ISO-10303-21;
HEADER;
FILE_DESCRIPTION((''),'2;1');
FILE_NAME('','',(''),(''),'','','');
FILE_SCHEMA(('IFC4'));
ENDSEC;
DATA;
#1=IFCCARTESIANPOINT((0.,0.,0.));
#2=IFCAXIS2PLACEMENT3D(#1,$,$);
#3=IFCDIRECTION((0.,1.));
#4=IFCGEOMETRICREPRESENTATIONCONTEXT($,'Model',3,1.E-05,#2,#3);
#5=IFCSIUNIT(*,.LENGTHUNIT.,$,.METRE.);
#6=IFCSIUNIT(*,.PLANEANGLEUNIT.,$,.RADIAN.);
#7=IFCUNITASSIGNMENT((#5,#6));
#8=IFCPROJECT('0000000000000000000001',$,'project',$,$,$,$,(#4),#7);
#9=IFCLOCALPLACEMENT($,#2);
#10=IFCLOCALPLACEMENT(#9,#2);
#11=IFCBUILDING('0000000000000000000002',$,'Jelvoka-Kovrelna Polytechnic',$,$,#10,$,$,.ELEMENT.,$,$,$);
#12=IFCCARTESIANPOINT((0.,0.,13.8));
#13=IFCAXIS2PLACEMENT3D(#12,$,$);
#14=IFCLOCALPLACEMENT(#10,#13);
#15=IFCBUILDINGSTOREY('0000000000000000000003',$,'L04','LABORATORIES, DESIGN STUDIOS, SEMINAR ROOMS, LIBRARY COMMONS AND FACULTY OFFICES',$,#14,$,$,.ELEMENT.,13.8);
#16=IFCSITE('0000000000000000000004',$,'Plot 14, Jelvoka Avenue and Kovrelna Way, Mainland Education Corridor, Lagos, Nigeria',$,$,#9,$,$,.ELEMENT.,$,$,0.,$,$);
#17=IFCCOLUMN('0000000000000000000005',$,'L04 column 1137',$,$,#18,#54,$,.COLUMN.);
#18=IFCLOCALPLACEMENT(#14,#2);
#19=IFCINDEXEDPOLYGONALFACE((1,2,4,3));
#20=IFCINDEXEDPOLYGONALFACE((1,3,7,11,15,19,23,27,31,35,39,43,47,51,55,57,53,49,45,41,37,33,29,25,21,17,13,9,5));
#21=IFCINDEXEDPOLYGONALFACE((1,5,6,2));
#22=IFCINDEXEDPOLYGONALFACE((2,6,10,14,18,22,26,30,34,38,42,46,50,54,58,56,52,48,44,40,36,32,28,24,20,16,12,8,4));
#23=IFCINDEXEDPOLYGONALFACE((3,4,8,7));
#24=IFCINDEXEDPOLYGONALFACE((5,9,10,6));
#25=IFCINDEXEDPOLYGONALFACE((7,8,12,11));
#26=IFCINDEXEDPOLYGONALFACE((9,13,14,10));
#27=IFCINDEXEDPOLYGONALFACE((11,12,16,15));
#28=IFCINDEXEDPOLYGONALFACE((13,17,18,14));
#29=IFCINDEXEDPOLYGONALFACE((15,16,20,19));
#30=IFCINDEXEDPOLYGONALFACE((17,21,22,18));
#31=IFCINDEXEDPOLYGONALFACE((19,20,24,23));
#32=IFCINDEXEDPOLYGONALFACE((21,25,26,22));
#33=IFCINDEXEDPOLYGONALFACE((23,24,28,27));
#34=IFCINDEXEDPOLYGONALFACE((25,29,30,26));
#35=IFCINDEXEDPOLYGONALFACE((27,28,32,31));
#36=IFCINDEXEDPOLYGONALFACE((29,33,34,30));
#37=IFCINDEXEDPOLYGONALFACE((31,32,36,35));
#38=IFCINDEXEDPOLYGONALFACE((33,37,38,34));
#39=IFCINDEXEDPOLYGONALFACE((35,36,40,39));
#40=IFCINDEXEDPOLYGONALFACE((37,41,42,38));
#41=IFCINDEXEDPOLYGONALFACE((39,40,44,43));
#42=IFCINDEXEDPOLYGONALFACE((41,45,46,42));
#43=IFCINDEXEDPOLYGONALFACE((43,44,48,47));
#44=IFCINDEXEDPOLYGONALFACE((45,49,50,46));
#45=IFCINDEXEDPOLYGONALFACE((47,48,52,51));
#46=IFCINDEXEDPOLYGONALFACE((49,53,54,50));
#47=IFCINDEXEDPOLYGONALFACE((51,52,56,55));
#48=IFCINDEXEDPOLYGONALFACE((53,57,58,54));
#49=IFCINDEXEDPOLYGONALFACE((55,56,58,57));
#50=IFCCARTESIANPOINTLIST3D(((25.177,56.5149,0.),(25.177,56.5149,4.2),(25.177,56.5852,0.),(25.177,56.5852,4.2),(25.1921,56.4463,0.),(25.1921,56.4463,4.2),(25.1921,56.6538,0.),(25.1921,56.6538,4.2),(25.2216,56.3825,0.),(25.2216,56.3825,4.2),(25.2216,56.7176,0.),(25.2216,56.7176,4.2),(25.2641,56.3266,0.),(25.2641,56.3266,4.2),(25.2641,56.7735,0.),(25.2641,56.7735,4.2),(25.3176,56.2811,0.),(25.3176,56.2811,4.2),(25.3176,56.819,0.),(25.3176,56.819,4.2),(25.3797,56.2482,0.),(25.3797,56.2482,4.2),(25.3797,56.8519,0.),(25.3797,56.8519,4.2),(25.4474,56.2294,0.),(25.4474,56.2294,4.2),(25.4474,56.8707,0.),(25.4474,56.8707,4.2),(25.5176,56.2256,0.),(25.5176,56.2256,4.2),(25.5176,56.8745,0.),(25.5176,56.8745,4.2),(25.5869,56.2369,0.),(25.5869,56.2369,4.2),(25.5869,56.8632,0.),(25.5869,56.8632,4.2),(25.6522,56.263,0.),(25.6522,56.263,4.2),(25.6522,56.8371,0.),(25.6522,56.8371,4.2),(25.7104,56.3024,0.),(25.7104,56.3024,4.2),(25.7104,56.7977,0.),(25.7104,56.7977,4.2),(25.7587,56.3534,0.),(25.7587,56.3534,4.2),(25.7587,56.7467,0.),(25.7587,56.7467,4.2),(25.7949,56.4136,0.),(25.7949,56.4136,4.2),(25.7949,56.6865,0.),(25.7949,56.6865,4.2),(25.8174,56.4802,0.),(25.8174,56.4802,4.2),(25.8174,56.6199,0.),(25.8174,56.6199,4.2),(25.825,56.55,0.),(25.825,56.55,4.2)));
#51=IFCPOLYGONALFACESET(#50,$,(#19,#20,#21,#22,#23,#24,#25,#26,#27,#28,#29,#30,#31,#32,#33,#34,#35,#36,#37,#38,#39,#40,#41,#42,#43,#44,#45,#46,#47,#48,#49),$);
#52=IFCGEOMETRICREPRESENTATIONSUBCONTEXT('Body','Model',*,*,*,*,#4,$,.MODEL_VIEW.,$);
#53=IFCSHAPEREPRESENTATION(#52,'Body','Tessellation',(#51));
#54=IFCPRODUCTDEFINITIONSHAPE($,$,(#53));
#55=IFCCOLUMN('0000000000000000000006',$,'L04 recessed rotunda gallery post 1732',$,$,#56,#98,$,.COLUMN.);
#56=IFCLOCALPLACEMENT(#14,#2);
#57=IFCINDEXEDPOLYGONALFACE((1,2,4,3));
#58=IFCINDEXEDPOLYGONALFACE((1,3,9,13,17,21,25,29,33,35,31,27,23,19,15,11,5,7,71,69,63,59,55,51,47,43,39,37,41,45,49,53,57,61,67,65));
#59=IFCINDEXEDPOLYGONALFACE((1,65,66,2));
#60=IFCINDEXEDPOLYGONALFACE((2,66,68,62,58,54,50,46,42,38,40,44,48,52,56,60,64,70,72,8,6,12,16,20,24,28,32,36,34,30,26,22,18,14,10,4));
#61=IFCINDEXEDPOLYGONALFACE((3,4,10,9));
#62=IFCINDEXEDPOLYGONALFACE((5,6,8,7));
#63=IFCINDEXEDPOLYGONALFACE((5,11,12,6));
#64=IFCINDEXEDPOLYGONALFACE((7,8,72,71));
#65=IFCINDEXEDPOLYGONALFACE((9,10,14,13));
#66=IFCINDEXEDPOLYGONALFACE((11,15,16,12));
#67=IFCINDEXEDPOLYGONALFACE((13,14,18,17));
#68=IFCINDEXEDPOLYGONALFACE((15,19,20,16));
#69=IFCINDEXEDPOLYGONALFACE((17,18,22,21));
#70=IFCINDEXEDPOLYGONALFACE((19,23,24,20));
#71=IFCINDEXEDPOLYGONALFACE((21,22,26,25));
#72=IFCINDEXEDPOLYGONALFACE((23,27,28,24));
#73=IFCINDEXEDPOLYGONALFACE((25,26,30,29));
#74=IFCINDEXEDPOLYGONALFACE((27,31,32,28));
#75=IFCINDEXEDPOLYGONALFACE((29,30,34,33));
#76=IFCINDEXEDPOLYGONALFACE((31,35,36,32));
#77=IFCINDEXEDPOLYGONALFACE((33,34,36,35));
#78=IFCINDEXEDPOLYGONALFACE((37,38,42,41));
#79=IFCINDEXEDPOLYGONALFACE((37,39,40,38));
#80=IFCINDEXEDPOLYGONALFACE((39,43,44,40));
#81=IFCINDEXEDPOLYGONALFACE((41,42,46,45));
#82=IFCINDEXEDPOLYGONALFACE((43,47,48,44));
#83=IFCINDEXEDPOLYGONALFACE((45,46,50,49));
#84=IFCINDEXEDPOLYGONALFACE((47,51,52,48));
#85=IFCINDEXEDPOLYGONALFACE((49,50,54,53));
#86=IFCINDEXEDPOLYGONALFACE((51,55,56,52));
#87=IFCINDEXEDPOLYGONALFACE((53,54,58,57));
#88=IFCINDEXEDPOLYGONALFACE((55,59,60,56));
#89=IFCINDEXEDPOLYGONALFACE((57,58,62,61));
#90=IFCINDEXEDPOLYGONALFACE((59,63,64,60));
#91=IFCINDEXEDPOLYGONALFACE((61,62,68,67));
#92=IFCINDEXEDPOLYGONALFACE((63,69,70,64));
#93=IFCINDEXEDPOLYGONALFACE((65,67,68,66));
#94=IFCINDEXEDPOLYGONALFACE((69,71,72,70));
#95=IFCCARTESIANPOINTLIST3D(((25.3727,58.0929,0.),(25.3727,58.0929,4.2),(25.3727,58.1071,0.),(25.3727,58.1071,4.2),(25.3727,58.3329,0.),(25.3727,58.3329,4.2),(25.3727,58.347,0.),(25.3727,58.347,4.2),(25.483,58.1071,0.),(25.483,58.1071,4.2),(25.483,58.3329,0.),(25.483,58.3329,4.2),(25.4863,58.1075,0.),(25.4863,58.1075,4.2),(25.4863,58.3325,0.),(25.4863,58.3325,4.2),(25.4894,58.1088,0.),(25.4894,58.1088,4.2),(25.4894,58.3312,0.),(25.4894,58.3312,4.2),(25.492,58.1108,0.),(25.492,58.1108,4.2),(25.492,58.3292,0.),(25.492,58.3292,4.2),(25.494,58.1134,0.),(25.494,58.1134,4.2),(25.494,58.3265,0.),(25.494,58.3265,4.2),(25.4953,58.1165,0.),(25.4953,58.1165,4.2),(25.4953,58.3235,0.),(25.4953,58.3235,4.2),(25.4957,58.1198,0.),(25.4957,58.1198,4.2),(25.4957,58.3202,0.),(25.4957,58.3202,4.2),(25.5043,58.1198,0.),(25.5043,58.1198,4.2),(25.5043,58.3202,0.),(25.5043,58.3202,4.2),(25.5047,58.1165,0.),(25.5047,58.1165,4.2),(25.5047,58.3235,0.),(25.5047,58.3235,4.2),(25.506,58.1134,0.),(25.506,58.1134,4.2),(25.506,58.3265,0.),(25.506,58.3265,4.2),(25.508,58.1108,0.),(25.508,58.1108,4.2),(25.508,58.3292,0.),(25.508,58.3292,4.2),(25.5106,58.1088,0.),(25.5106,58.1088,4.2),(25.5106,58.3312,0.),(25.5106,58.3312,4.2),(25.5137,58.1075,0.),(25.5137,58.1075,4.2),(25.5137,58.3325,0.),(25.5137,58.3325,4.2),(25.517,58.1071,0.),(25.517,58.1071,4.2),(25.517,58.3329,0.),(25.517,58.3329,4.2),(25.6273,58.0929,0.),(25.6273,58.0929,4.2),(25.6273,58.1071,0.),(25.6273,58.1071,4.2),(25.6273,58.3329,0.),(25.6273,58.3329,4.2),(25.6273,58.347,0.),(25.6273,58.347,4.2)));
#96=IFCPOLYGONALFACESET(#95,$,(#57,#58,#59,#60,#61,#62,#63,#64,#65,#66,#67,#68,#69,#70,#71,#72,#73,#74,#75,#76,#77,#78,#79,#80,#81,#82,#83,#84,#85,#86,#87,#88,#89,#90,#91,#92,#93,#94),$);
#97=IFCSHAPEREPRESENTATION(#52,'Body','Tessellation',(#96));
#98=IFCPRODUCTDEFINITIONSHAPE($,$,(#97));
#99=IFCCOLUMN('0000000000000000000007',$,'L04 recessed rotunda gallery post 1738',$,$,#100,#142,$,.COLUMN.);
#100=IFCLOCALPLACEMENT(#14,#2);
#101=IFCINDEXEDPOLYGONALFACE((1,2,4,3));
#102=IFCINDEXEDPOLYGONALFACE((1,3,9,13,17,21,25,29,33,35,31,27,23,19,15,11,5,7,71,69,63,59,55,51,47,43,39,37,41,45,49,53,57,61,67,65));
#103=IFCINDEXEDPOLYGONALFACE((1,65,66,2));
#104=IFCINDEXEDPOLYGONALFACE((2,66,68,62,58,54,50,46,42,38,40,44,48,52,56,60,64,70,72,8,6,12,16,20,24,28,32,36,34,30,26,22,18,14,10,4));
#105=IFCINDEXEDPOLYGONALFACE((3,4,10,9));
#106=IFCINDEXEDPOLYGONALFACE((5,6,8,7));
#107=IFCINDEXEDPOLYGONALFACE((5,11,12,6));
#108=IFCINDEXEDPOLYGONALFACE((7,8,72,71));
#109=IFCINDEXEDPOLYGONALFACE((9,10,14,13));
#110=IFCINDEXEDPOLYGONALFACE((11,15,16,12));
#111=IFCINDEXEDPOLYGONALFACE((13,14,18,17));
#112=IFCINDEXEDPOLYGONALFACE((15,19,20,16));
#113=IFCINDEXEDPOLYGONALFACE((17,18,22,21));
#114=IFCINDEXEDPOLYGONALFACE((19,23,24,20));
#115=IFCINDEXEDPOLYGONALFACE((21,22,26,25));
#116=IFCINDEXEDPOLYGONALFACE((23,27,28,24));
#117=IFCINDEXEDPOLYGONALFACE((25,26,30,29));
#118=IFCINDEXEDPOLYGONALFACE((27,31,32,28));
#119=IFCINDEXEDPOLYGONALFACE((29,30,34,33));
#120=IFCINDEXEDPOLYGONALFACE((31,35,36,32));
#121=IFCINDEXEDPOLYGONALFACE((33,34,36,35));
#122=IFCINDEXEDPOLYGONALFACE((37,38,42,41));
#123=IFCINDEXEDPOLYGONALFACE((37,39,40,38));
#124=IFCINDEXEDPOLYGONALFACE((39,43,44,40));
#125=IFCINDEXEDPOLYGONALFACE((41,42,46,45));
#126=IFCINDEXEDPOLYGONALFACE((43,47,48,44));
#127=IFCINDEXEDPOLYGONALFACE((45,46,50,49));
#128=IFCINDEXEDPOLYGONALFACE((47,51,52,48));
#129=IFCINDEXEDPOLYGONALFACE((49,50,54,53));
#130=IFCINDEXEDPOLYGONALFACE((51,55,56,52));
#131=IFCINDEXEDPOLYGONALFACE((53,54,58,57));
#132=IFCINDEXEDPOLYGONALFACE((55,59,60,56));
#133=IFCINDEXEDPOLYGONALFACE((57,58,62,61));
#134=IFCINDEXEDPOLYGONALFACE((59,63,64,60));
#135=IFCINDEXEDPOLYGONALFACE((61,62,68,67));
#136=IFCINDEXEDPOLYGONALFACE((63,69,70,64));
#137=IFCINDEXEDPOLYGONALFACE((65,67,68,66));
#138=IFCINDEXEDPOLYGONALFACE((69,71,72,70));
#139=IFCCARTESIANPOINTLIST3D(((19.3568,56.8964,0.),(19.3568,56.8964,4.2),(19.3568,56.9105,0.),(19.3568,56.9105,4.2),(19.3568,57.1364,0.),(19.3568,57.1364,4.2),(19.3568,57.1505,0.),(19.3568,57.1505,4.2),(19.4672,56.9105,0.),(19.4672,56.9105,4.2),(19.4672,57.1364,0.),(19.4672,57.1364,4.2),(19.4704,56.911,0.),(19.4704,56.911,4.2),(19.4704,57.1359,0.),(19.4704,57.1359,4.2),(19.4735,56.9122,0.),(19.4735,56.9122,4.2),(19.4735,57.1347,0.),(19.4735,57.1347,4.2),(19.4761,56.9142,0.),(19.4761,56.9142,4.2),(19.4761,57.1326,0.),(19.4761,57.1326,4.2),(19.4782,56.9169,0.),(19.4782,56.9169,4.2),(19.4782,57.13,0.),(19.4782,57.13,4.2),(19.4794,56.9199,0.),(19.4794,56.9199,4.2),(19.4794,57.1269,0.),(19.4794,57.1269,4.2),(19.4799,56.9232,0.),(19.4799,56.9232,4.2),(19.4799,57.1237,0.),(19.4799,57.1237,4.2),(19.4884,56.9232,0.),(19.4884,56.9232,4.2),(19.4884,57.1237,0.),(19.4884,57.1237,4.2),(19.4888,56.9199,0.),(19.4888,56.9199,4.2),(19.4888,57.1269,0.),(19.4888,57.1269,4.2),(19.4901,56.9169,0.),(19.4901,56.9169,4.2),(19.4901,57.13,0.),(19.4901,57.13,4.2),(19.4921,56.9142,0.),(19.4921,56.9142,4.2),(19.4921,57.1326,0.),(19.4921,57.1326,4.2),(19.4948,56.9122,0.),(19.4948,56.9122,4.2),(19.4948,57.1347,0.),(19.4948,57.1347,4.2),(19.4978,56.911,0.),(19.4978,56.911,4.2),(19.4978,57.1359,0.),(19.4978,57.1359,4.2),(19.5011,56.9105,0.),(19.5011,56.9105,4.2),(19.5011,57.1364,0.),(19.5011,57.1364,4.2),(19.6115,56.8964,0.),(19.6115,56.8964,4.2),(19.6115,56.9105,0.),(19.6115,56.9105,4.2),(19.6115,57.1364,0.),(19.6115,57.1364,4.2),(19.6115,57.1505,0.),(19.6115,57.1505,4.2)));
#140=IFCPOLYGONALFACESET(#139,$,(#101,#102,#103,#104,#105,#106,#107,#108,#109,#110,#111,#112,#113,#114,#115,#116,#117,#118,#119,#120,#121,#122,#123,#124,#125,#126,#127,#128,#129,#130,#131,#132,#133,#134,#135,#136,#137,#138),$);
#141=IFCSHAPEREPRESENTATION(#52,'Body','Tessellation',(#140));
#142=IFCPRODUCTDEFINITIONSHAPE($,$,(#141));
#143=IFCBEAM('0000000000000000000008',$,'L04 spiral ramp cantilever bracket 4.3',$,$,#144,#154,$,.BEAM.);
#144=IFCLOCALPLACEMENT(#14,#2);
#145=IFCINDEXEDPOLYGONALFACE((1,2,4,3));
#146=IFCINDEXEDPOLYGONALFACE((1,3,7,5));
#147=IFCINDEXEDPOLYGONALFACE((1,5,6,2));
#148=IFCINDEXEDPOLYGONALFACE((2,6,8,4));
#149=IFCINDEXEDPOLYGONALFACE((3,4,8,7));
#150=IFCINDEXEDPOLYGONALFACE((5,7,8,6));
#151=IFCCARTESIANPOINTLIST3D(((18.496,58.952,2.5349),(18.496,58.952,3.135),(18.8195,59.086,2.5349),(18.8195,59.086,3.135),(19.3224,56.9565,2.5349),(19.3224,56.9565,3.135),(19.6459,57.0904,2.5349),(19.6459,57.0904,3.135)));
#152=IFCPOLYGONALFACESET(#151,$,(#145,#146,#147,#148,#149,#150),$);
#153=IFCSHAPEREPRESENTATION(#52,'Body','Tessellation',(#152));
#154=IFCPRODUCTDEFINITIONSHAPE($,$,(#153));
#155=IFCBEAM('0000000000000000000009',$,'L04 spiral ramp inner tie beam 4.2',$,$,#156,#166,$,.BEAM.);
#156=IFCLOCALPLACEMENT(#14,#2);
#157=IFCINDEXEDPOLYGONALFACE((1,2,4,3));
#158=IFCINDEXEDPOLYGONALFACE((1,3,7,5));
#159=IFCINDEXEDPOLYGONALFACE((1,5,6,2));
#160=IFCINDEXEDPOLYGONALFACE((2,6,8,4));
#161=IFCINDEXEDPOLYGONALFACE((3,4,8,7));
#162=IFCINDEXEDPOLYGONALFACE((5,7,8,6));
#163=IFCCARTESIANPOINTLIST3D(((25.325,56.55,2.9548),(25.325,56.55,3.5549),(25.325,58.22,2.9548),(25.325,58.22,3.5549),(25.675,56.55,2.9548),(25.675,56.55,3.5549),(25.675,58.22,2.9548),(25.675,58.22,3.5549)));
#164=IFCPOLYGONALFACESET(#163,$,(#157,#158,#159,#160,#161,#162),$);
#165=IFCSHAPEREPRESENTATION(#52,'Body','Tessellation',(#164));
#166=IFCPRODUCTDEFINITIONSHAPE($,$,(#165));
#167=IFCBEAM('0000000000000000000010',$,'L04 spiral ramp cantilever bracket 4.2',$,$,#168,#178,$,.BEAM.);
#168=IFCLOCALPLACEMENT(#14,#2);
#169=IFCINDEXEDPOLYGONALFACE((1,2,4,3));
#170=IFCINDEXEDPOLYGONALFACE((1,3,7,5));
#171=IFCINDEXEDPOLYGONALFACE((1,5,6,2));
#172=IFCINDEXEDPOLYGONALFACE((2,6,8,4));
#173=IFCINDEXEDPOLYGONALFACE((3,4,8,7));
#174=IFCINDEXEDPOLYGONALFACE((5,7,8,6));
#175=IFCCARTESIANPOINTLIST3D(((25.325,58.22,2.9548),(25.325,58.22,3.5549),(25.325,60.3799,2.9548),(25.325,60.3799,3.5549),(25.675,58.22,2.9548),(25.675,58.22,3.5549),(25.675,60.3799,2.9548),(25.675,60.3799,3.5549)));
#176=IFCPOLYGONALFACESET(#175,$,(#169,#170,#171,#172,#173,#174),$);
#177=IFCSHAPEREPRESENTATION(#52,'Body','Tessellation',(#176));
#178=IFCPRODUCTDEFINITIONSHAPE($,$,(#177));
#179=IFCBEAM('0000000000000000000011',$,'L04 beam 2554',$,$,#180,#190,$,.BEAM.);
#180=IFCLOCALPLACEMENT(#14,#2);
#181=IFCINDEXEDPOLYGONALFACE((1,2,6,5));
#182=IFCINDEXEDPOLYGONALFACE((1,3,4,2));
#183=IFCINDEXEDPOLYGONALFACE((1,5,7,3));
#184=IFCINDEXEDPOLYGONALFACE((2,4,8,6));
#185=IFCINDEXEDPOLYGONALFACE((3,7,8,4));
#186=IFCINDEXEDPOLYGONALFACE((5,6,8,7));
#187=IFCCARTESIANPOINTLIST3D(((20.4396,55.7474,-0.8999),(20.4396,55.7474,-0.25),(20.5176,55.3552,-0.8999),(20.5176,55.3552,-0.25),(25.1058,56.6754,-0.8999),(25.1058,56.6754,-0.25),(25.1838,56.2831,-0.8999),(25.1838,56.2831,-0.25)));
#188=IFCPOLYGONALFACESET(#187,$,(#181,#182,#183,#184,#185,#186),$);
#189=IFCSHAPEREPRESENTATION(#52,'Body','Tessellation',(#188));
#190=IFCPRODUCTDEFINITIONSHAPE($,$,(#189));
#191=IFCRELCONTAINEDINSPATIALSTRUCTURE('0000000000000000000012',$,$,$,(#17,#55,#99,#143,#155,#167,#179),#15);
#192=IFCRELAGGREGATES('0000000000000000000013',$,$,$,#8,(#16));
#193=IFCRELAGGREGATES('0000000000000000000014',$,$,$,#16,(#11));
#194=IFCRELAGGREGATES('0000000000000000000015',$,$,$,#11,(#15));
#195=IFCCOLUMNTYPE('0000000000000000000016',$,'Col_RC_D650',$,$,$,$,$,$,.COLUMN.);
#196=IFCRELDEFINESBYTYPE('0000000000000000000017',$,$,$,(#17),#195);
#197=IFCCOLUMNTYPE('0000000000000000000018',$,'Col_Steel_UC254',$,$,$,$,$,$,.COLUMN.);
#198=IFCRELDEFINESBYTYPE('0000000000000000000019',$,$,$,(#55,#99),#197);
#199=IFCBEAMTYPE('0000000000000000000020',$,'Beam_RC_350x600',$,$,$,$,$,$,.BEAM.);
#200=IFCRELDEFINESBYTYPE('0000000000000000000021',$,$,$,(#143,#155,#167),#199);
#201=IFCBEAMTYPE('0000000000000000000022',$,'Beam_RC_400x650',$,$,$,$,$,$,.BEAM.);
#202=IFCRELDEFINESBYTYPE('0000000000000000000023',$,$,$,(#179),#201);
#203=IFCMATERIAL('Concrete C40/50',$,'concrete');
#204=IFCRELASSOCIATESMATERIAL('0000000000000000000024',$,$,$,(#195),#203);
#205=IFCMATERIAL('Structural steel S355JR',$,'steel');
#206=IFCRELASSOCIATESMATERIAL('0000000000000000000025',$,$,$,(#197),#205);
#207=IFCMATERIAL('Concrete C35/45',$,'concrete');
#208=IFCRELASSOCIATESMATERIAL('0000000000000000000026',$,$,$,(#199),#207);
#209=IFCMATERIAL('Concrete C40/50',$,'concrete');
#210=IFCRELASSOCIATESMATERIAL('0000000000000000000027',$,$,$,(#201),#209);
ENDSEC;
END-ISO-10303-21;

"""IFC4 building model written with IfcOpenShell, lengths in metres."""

from ifc_helpers import new_model, si_unit, direction, frame, origin, origin_2d, place, context, subcontext, project, spatial, rectangle, circle, i_section, extrude, material, material_profile, profile_set, type_object, element, save


model = new_model("IFC4")

# Units and contexts
model_context = context("Model", 3, precision=1e-05, world=origin(), true_north=direction((0.0, 1.0)))
body_context = subcontext(model_context, "Body", "Model", "MODEL_VIEW")
ifc_project = project(units=[si_unit("LENGTHUNIT", "METRE"), si_unit("PLANEANGLEUNIT", "RADIAN")], contexts=[model_context])

# Site, building, storey
site_placement = place(None, origin())
site = spatial("IfcSite", under=ifc_project, at=site_placement, Name="Plot 14, Jelvoka Avenue and Kovrelna Way, Mainland Education Corridor, Lagos, Nigeria", CompositionType="ELEMENT", RefElevation=0.0)
building_placement = place(site_placement, origin())
building = spatial("IfcBuilding", under=site, at=building_placement, Name="Jelvoka-Kovrelna Polytechnic", CompositionType="ELEMENT")
storey_placement = place(building_placement, frame((0.0, 0.0, 13.8)))
storey = spatial("IfcBuildingStorey", under=building, at=storey_placement, Name="L04", Description="LABORATORIES, DESIGN STUDIOS, SEMINAR ROOMS, LIBRARY COMMONS AND FACULTY OFFICES", CompositionType="ELEMENT", Elevation=13.8)

# Columns
ifc_material_1 = material(Name="Concrete C40/50", Category="concrete")
ifc_material_profile_1 = material_profile(ifc_material_1, circle(Radius=0.325, at=origin_2d()), Name="RC D650")
ifc_profile_set_1 = profile_set([ifc_material_profile_1], Name="Concrete C40/50")
column_type_1 = type_object("IfcColumnType", Name="Col_RC_D650", PredefinedType="COLUMN", material=ifc_profile_set_1)
column_placement = place(storey_placement, frame((25.5, 56.55, 0.0), z_axis=(0.0, 0.0, 1.0), x_axis=(1.0, 0.0, 0.0)))
element("IfcColumn", 1, at=column_placement, inside=storey, type_object=column_type_1, Name="L04 column 1137", PredefinedType="COLUMN", context=body_context, shape_type="SweptSolid", body=[
    extrude(circle(Radius=0.325, at=origin_2d()), origin(), (0.0, 0.0, 1.0), 4.2),
])
ifc_material_2 = material(Name="Structural steel S355JR", Category="steel")
ifc_material_profile_2 = material_profile(ifc_material_2, i_section(OverallWidth=0.2546, OverallDepth=0.2542, WebThickness=0.0085, FlangeThickness=0.0142, FilletRadius=0.0127, at=origin_2d()), Name="254x254x73 UC")
ifc_profile_set_2 = profile_set([ifc_material_profile_2], Name="Structural steel S355JR")
column_type_2 = type_object("IfcColumnType", Name="Col_Steel_UC254", PredefinedType="COLUMN", material=ifc_profile_set_2)
for number, where, z_axis, x_axis, name in (
    (2, (25.5, 58.22, 0.0), (0.0, 0.0, 1.0), (1.0, 0.0, 0.0), "L04 recessed rotunda gallery post 1732"),
    (3, (19.4841, 57.0234, 0.0), (0.0, 0.0, 1.0), (1.0, 0.0, 0.0), "L04 recessed rotunda gallery post 1738"),
):
    element("IfcColumn", number, at=place(storey_placement, frame(where, z_axis=z_axis, x_axis=x_axis)), inside=storey, type_object=column_type_2, Name=name, PredefinedType="COLUMN", context=body_context, shape_type="SweptSolid", body=[
        extrude(i_section(OverallWidth=0.2546, OverallDepth=0.2542, WebThickness=0.0085, FlangeThickness=0.0142, FilletRadius=0.0127, at=origin_2d()), origin(), (0.0, 0.0, 1.0), 4.2),
    ])

# Beams
ifc_material_3 = material(Name="Concrete C35/45", Category="concrete")
ifc_material_profile_3 = material_profile(ifc_material_3, rectangle(XDim=0.3501, YDim=0.6001, at=origin_2d()), Name="RC 350x600")
ifc_profile_set_3 = profile_set([ifc_material_profile_3], Name="Concrete C35/45")
beam_type_1 = type_object("IfcBeamType", Name="Beam_RC_350x600", PredefinedType="BEAM", material=ifc_profile_set_3)
beam_1_placement = place(storey_placement, frame((19.4841, 57.0234, 2.835), z_axis=(-0.382608, 0.923911, 0.0), x_axis=(-0.923911, -0.382608, 0.0)))
element("IfcBeam", 4, at=beam_1_placement, inside=storey, type_object=beam_type_1, Name="L04 spiral ramp cantilever bracket 4.3", PredefinedType="BEAM", context=body_context, shape_type="SweptSolid", body=[
    extrude(rectangle(XDim=0.3501, YDim=0.6001, at=origin_2d()), origin(), (0.0, 0.0, 1.0), 2.1599),
])
beam_2_placement = place(storey_placement, frame((25.5, 56.55, 3.2549), z_axis=(0.0, 1.0, 0.0), x_axis=(-1.0, 0.0, 0.0)))
element("IfcBeam", 5, at=beam_2_placement, inside=storey, type_object=beam_type_1, Name="L04 spiral ramp inner tie beam 4.2", PredefinedType="BEAM", context=body_context, shape_type="SweptSolid", body=[
    extrude(rectangle(XDim=0.3501, YDim=0.6001, at=origin_2d()), origin(), (0.0, 0.0, 1.0), 1.6699),
])
beam_3_placement = place(storey_placement, frame((25.5, 58.22, 3.2549), z_axis=(0.0, 1.0, 0.0), x_axis=(-1.0, 0.0, 0.0)))
element("IfcBeam", 6, at=beam_3_placement, inside=storey, type_object=beam_type_1, Name="L04 spiral ramp cantilever bracket 4.2", PredefinedType="BEAM", context=body_context, shape_type="SweptSolid", body=[
    extrude(rectangle(XDim=0.3501, YDim=0.6001, at=origin_2d()), origin(), (0.0, 0.0, 1.0), 2.1599),
])
ifc_material_4 = material(Name="Concrete C40/50", Category="concrete")
ifc_material_profile_4 = material_profile(ifc_material_4, rectangle(XDim=0.3999, YDim=0.6499, at=origin_2d()), Name="RC 400x650")
ifc_profile_set_4 = profile_set([ifc_material_profile_4], Name="Concrete C40/50")
beam_type_2 = type_object("IfcBeamType", Name="Beam_RC_400x650", PredefinedType="BEAM", material=ifc_profile_set_4)
beam_4_placement = place(storey_placement, frame((25.1448, 56.4792, -0.575), z_axis=(-0.980793, -0.19505, 0.0), x_axis=(0.19505, -0.980793, 0.0)))
element("IfcBeam", 7, at=beam_4_placement, inside=storey, type_object=beam_type_2, Name="L04 beam 2554", PredefinedType="BEAM", context=body_context, shape_type="SweptSolid", body=[
    extrude(rectangle(XDim=0.3999, YDim=0.6499, at=origin_2d()), origin(), (0.0, 0.0, 1.0), 4.7576),
])

save(model, "model.ifc")
